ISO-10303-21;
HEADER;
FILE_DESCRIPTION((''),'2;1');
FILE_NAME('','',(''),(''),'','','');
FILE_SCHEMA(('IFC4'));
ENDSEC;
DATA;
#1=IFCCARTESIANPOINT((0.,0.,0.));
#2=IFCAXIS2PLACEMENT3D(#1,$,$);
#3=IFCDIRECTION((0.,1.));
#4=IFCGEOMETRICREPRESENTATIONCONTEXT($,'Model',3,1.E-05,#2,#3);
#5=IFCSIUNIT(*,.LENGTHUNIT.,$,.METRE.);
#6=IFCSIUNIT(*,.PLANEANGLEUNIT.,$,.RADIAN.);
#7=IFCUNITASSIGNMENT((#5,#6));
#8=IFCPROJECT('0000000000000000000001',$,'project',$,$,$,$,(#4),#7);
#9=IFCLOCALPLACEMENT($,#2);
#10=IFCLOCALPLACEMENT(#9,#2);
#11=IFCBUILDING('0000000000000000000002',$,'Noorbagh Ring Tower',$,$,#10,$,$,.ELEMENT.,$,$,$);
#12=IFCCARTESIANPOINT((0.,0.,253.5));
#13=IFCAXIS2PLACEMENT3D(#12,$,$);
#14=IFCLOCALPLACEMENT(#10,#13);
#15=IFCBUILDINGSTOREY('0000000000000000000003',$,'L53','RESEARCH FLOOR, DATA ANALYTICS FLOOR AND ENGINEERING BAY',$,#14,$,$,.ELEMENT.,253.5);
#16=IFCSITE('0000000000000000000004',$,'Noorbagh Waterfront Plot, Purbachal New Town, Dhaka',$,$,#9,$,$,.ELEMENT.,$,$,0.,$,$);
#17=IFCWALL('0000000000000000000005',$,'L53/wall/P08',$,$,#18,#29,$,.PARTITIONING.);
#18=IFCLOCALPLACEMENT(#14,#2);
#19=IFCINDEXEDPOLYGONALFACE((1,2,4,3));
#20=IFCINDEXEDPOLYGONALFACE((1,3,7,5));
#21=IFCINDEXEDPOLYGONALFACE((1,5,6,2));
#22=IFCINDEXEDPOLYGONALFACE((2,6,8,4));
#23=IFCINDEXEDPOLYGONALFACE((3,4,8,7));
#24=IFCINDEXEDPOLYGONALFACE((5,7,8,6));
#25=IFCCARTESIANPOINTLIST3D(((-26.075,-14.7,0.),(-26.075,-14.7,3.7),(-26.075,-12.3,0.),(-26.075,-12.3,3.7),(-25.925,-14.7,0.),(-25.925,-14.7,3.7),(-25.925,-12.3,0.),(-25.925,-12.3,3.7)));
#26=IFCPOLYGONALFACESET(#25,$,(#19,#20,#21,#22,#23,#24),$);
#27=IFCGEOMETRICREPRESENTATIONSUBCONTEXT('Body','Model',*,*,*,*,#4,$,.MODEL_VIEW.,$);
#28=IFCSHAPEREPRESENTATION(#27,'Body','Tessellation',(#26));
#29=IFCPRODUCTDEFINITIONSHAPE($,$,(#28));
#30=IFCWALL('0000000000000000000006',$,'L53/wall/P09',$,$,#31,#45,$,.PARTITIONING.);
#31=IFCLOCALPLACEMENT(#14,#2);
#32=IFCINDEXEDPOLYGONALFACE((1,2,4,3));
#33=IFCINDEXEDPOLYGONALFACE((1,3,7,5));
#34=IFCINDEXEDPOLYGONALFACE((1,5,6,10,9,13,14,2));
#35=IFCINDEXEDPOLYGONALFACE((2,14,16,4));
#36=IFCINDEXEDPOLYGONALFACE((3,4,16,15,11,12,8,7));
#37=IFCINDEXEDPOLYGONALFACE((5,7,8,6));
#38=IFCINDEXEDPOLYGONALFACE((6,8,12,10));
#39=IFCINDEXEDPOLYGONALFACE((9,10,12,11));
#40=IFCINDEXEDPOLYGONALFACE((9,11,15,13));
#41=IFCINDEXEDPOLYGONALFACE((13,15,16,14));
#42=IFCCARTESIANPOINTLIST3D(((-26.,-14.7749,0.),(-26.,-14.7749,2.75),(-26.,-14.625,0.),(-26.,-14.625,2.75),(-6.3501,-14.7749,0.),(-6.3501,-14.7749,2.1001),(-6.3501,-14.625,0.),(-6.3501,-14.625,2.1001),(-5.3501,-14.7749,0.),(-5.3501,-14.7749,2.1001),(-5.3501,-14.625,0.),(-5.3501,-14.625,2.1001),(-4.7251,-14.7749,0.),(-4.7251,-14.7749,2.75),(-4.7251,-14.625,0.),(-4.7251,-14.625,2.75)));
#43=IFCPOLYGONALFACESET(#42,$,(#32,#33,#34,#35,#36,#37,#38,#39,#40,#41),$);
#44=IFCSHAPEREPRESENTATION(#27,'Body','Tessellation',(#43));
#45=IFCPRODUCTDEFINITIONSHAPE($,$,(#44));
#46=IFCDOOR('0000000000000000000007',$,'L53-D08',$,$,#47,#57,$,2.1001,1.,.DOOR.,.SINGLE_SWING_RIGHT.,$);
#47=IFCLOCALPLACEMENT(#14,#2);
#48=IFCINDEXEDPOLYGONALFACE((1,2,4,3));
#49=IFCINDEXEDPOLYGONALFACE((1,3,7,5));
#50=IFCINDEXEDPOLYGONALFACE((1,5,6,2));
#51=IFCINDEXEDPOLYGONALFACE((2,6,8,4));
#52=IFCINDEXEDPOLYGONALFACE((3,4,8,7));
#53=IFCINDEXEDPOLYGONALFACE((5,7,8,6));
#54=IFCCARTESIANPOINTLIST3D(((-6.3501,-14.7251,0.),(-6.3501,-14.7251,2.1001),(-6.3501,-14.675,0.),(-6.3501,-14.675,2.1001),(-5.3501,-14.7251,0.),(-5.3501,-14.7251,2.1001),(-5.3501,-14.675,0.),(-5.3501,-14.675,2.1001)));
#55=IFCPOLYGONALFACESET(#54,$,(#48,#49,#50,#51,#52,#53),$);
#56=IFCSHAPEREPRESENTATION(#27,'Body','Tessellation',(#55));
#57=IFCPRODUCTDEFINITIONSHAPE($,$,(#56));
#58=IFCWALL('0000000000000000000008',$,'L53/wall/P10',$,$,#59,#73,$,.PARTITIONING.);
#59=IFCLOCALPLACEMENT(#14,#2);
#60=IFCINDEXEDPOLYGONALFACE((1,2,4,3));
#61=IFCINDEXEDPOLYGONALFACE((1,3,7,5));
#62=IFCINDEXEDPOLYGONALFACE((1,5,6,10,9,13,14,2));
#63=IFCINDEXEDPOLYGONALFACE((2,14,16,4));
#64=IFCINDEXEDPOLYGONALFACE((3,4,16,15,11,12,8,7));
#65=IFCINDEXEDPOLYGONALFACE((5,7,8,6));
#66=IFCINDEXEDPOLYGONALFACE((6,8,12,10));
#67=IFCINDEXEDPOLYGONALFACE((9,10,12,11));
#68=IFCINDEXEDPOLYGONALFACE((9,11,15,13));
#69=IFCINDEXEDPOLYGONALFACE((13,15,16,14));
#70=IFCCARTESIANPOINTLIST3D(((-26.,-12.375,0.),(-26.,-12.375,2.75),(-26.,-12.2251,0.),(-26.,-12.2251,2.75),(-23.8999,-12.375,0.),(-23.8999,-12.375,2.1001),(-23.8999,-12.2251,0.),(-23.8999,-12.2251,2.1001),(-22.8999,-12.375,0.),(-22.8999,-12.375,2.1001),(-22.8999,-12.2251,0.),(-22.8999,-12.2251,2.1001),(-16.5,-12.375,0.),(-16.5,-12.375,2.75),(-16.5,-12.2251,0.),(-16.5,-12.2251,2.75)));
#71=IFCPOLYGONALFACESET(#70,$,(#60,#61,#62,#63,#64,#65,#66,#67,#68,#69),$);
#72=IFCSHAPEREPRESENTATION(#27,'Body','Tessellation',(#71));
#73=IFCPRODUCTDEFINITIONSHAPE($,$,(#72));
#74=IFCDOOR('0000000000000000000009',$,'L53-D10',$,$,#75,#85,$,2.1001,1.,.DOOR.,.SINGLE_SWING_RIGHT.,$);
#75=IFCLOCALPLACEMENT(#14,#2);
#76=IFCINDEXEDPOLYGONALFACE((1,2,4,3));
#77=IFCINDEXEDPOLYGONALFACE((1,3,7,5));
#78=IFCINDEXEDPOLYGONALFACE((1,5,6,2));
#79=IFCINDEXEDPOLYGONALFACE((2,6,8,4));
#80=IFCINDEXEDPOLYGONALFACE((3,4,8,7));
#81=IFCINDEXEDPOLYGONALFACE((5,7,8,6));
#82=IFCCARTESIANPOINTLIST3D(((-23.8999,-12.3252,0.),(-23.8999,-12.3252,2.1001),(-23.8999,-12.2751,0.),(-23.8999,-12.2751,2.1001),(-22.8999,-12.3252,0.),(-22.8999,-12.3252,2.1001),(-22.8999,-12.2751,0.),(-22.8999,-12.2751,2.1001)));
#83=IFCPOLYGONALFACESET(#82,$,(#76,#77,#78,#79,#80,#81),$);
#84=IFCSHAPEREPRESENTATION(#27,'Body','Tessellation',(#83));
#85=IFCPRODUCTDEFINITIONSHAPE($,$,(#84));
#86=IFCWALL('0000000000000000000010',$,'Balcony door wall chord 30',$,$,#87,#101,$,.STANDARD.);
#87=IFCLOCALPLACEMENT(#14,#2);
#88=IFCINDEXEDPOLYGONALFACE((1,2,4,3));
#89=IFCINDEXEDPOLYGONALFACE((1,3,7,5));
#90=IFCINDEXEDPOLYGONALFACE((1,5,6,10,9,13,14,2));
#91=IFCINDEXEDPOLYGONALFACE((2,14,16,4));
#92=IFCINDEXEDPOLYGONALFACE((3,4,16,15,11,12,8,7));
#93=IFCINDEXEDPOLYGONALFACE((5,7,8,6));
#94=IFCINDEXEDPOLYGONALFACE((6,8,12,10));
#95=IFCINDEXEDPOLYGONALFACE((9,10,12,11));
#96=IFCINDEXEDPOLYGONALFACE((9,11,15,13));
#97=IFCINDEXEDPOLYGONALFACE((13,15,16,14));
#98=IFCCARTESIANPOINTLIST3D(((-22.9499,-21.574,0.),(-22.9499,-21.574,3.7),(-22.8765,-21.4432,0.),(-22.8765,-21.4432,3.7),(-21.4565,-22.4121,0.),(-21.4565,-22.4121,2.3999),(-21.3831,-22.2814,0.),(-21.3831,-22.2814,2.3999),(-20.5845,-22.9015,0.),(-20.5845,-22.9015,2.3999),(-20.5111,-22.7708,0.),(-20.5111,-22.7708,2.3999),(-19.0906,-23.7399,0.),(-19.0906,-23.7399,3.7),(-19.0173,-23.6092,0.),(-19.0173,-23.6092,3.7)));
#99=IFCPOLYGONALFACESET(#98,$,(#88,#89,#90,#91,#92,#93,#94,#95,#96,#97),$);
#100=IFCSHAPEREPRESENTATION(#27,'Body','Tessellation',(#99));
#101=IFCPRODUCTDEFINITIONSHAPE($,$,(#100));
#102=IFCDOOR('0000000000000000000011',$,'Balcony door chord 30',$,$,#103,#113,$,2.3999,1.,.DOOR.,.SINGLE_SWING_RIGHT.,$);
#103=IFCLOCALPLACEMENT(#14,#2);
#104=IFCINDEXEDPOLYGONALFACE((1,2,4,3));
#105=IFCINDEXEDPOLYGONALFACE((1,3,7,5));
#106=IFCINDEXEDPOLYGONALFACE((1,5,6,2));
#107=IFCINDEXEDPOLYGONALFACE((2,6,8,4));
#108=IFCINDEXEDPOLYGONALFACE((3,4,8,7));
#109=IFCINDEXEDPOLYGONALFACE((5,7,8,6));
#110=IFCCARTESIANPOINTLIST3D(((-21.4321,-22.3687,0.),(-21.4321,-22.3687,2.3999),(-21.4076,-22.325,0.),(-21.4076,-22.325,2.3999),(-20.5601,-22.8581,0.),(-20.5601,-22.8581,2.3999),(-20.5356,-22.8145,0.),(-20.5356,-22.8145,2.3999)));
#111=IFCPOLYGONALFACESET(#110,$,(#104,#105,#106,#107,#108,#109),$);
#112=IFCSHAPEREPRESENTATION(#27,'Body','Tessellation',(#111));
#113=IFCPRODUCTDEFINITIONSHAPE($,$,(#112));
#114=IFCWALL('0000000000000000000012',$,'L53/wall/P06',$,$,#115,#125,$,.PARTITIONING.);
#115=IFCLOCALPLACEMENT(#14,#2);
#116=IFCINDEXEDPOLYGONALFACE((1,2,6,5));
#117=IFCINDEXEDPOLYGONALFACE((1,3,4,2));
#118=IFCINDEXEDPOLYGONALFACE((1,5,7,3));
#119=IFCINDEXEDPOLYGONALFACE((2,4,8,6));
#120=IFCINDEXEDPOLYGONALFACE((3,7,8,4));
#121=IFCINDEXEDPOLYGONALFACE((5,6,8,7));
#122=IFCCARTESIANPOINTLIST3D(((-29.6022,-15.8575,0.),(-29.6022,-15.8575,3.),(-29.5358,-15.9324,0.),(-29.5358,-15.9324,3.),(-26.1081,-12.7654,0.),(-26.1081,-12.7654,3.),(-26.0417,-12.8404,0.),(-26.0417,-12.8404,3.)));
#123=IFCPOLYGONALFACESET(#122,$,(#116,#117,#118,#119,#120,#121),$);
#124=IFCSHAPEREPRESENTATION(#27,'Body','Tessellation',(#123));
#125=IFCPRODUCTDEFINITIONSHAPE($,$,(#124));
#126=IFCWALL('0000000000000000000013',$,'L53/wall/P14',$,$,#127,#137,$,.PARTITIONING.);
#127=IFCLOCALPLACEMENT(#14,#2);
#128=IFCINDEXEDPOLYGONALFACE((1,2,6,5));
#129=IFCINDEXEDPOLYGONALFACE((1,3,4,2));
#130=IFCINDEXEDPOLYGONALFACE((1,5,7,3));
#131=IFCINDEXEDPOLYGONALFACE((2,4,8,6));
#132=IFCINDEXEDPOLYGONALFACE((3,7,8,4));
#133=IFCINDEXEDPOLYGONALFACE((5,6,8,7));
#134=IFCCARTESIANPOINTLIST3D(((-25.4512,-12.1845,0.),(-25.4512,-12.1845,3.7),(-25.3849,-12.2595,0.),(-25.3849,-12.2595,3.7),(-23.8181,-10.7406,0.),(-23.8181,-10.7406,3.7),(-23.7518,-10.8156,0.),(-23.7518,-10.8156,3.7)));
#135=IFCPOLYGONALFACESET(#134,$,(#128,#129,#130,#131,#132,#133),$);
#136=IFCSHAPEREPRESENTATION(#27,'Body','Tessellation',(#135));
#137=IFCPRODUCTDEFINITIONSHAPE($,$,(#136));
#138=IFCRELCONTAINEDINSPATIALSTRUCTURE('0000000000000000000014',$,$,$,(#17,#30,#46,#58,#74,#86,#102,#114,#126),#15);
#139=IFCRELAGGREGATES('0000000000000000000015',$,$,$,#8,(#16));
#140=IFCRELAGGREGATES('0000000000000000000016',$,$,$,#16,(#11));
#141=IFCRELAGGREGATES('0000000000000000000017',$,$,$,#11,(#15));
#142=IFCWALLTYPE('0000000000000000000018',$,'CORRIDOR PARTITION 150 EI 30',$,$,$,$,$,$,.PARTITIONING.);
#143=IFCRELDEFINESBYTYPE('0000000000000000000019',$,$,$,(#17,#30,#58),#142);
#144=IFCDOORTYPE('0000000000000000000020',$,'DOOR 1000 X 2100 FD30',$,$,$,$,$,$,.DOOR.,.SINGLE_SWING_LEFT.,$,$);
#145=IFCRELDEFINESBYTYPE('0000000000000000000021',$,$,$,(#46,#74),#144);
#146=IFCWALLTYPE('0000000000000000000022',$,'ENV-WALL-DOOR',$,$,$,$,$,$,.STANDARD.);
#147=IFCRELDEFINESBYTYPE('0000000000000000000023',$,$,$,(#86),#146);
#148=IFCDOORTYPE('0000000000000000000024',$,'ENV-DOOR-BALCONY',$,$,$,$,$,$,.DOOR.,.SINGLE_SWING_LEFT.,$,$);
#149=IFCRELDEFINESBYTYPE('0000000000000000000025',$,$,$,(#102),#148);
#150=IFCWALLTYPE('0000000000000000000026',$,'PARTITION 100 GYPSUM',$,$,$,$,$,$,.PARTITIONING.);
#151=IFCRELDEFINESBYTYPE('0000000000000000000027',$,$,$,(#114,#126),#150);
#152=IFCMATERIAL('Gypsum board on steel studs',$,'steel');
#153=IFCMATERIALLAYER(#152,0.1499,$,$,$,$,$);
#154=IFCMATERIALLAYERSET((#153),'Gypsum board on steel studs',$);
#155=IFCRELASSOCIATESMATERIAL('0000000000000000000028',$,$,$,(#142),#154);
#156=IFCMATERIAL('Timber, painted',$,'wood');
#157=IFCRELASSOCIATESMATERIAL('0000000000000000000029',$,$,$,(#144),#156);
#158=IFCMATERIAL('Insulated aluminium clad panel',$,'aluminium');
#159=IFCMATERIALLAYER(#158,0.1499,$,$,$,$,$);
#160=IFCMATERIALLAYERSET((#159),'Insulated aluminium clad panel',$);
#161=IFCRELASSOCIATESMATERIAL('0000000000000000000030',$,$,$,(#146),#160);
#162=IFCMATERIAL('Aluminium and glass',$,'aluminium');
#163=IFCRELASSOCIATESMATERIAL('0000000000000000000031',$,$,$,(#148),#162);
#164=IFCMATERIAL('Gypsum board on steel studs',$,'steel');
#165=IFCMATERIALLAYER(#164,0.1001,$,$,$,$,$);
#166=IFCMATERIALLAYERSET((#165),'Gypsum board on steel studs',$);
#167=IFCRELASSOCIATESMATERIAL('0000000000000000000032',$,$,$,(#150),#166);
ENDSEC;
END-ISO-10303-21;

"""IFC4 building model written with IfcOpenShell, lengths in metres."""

from ifc_helpers import new_model, si_unit, direction, frame, frame_2d, origin, place, context, subcontext, project, spatial, rectangle, extrude, material, layer, layer_set, type_object, element, fill, save


model = new_model("IFC4")

# Units and contexts
model_context = context("Model", 3, precision=1e-05, world=origin(), true_north=direction((0.0, 1.0)))
body_context = subcontext(model_context, "Body", "Model", "MODEL_VIEW")
ifc_project = project(units=[si_unit("LENGTHUNIT", "METRE"), si_unit("PLANEANGLEUNIT", "RADIAN")], contexts=[model_context])

# Site, building, storey
site_placement = place(None, origin())
site = spatial("IfcSite", under=ifc_project, at=site_placement, Name="Noorbagh Waterfront Plot, Purbachal New Town, Dhaka", CompositionType="ELEMENT", RefElevation=0.0)
building_placement = place(site_placement, origin())
building = spatial("IfcBuilding", under=site, at=building_placement, Name="Noorbagh Ring Tower", CompositionType="ELEMENT")
storey_placement = place(building_placement, frame((0.0, 0.0, 253.5)))
storey = spatial("IfcBuildingStorey", under=building, at=storey_placement, Name="L53", Description="RESEARCH FLOOR, DATA ANALYTICS FLOOR AND ENGINEERING BAY", CompositionType="ELEMENT", Elevation=253.5)

# Wall
ifc_material_1 = material(Name="Gypsum board on steel studs", Category="steel")
ifc_layer_1 = layer(ifc_material_1, 0.1499)
ifc_layer_set_1 = layer_set([ifc_layer_1], Name="Gypsum board on steel studs")
wall_type_1 = type_object("IfcWallType", Name="CORRIDOR PARTITION 150 EI 30", PredefinedType="PARTITIONING", material=ifc_layer_set_1)
wall_1_placement = place(storey_placement, frame((-26.0, -14.7, 0.0), z_axis=(0.0, 0.0, 1.0), x_axis=(0.0, 1.0, 0.0)))
element("IfcWall", 1, at=wall_1_placement, inside=storey, type_object=wall_type_1, Name="L53/wall/P08", PredefinedType="PARTITIONING", context=body_context, shape_type="SweptSolid", body=[
    extrude(rectangle(XDim=2.3999, YDim=0.1499, at=frame_2d((1.2, 0.0))), origin(), (0.0, 0.0, 1.0), 3.7),
])

# Walls, openings, doors
wall_2_placement = place(storey_placement, frame((-26.0, -14.7, 0.0), z_axis=(0.0, 0.0, 1.0), x_axis=(1.0, 0.0, 0.0)))
wall_2 = element("IfcWall", 2, at=wall_2_placement, inside=storey, type_object=wall_type_1, Name="L53/wall/P09", PredefinedType="PARTITIONING", context=body_context, shape_type="SweptSolid", body=[
    extrude(rectangle(XDim=21.2749, YDim=0.1499, at=frame_2d((10.6375, 0.0))), origin(), (0.0, 0.0, 1.0), 2.75),
])
opening_1_placement = place(wall_2_placement, frame((19.6499, 0.0, 0.0)))
opening_1 = element("IfcOpeningElement", 3, at=opening_1_placement, cuts=wall_2, PredefinedType="OPENING", context=body_context, shape_type="SweptSolid", body=[
    extrude(rectangle(XDim=1.0, YDim=2.1001, at=frame_2d((0.5, 1.05))), frame((0.0, 0.085, 0.0), z_axis=(0.0, -1.0, 0.0), x_axis=(1.0, 0.0, 0.0)), (0.0, 0.0, 1.0), 0.1699),
])
ifc_material_2 = material(Name="Timber, painted", Category="wood")
door_type_1 = type_object("IfcDoorType", Name="DOOR 1000 X 2100 FD30", OperationType="SINGLE_SWING_LEFT", PredefinedType="DOOR", material=ifc_material_2)
door_1_placement = place(opening_1_placement, origin())
door_1 = element("IfcDoor", 4, at=door_1_placement, inside=storey, type_object=door_type_1, Name="L53-D08", OperationType="SINGLE_SWING_RIGHT", OverallHeight=2.1001, OverallWidth=1.0, PredefinedType="DOOR", context=body_context, shape_type="SweptSolid", body=[
    extrude(rectangle(XDim=1.0, YDim=2.1001, at=frame_2d((0.5, 1.05))), frame((0.0, 0.0249, 0.0), z_axis=(0.0, -1.0, 0.0), x_axis=(1.0, 0.0, 0.0)), (0.0, 0.0, 1.0), 0.05),
])
fill(opening_1, door_1)
wall_3_placement = place(storey_placement, frame((-26.0, -12.3, 0.0), z_axis=(0.0, 0.0, 1.0), x_axis=(1.0, 0.0, 0.0)))
wall_3 = element("IfcWall", 5, at=wall_3_placement, inside=storey, type_object=wall_type_1, Name="L53/wall/P10", PredefinedType="PARTITIONING", context=body_context, shape_type="SweptSolid", body=[
    extrude(rectangle(XDim=9.5, YDim=0.1499, at=frame_2d((4.75, 0.0))), origin(), (0.0, 0.0, 1.0), 2.75),
])
opening_2_placement = place(wall_3_placement, frame((2.1001, 0.0, 0.0)))
opening_2 = element("IfcOpeningElement", 6, at=opening_2_placement, cuts=wall_3, PredefinedType="OPENING", context=body_context, shape_type="SweptSolid", body=[
    extrude(rectangle(XDim=1.0, YDim=2.1001, at=frame_2d((0.5, 1.05))), frame((0.0, 0.085, 0.0), z_axis=(0.0, -1.0, 0.0), x_axis=(1.0, 0.0, 0.0)), (0.0, 0.0, 1.0), 0.1699),
])
door_2_placement = place(opening_2_placement, origin())
door_2 = element("IfcDoor", 7, at=door_2_placement, inside=storey, type_object=door_type_1, Name="L53-D10", OperationType="SINGLE_SWING_RIGHT", OverallHeight=2.1001, OverallWidth=1.0, PredefinedType="DOOR", context=body_context, shape_type="SweptSolid", body=[
    extrude(rectangle(XDim=1.0, YDim=2.1001, at=frame_2d((0.5, 1.05))), frame((0.0, 0.0249, 0.0), z_axis=(0.0, -1.0, 0.0), x_axis=(1.0, 0.0, 0.0)), (0.0, 0.0, 1.0), 0.05),
])
fill(opening_2, door_2)
ifc_material_3 = material(Name="Insulated aluminium clad panel", Category="aluminium")
ifc_layer_2 = layer(ifc_material_3, 0.1499)
ifc_layer_set_2 = layer_set([ifc_layer_2], Name="Insulated aluminium clad panel")
wall_type_2 = type_object("IfcWallType", Name="ENV-WALL-DOOR", PredefinedType="STANDARD", material=ifc_layer_set_2)
wall_4_placement = place(storey_placement, frame((-22.9133, -21.5085, 0.0), z_axis=(0.0, 0.0, 1.0), x_axis=(0.872047, -0.489423, 0.0)))
wall_4 = element("IfcWall", 8, at=wall_4_placement, inside=storey, type_object=wall_type_2, Name="Balcony door wall chord 30", PredefinedType="STANDARD", context=body_context, shape_type="SweptSolid", body=[
    extrude(rectangle(XDim=4.4255, YDim=0.1499, at=frame_2d((2.2129, 0.0))), origin(), (0.0, 0.0, 1.0), 3.7),
])
opening_3_placement = place(wall_4_placement, frame((1.7126, 0.0, 0.0)))
opening_3 = element("IfcOpeningElement", 9, at=opening_3_placement, cuts=wall_4, PredefinedType="OPENING", context=body_context, shape_type="SweptSolid", body=[
    extrude(rectangle(XDim=1.0, YDim=2.3999, at=frame_2d((0.5, 1.2))), frame((0.0, 0.085, 0.0), z_axis=(0.0, -1.0, 0.0), x_axis=(1.0, 0.0, 0.0)), (0.0, 0.0, 1.0), 0.1699),
])
ifc_material_4 = material(Name="Aluminium and glass", Category="aluminium")
door_type_2 = type_object("IfcDoorType", Name="ENV-DOOR-BALCONY", OperationType="SINGLE_SWING_LEFT", PredefinedType="DOOR", material=ifc_material_4)
door_3_placement = place(opening_3_placement, origin())
door_3 = element("IfcDoor", 10, at=door_3_placement, inside=storey, type_object=door_type_2, Name="Balcony door chord 30", OperationType="SINGLE_SWING_RIGHT", OverallHeight=2.3999, OverallWidth=1.0, PredefinedType="DOOR", context=body_context, shape_type="SweptSolid", body=[
    extrude(rectangle(XDim=1.0, YDim=2.3999, at=frame_2d((0.5, 1.2))), frame((0.0, 0.0249, 0.0), z_axis=(0.0, -1.0, 0.0), x_axis=(1.0, 0.0, 0.0)), (0.0, 0.0, 1.0), 0.05),
])
fill(opening_3, door_3)

# Walls
ifc_material_5 = material(Name="Gypsum board on steel studs", Category="steel")
ifc_layer_3 = layer(ifc_material_5, 0.1001)
ifc_layer_set_3 = layer_set([ifc_layer_3], Name="Gypsum board on steel studs")
wall_type_3 = type_object("IfcWallType", Name="PARTITION 100 GYPSUM", PredefinedType="PARTITIONING", material=ifc_layer_set_3)
wall_5_placement = place(storey_placement, frame((-29.5691, -15.895, 0.0), z_axis=(0.0, 0.0, 1.0), x_axis=(0.748883, 0.662703, 0.0)))
element("IfcWall", 11, at=wall_5_placement, inside=storey, type_object=wall_type_3, Name="L53/wall/P06", PredefinedType="PARTITIONING", context=body_context, shape_type="SweptSolid", body=[
    extrude(rectangle(XDim=4.6658, YDim=0.1001, at=frame_2d((2.333, 0.0))), origin(), (0.0, 0.0, 1.0), 3.0),
])
wall_6_placement = place(storey_placement, frame((-25.418, -12.2219, 0.0), z_axis=(0.0, 0.0, 1.0), x_axis=(0.749174, 0.662373, 0.0)))
element("IfcWall", 12, at=wall_6_placement, inside=storey, type_object=wall_type_3, Name="L53/wall/P14", PredefinedType="PARTITIONING", context=body_context, shape_type="SweptSolid", body=[
    extrude(rectangle(XDim=2.1799, YDim=0.1001, at=frame_2d((1.0898, 0.0))), origin(), (0.0, 0.0, 1.0), 3.7),
])

save(model, "model.ifc")
